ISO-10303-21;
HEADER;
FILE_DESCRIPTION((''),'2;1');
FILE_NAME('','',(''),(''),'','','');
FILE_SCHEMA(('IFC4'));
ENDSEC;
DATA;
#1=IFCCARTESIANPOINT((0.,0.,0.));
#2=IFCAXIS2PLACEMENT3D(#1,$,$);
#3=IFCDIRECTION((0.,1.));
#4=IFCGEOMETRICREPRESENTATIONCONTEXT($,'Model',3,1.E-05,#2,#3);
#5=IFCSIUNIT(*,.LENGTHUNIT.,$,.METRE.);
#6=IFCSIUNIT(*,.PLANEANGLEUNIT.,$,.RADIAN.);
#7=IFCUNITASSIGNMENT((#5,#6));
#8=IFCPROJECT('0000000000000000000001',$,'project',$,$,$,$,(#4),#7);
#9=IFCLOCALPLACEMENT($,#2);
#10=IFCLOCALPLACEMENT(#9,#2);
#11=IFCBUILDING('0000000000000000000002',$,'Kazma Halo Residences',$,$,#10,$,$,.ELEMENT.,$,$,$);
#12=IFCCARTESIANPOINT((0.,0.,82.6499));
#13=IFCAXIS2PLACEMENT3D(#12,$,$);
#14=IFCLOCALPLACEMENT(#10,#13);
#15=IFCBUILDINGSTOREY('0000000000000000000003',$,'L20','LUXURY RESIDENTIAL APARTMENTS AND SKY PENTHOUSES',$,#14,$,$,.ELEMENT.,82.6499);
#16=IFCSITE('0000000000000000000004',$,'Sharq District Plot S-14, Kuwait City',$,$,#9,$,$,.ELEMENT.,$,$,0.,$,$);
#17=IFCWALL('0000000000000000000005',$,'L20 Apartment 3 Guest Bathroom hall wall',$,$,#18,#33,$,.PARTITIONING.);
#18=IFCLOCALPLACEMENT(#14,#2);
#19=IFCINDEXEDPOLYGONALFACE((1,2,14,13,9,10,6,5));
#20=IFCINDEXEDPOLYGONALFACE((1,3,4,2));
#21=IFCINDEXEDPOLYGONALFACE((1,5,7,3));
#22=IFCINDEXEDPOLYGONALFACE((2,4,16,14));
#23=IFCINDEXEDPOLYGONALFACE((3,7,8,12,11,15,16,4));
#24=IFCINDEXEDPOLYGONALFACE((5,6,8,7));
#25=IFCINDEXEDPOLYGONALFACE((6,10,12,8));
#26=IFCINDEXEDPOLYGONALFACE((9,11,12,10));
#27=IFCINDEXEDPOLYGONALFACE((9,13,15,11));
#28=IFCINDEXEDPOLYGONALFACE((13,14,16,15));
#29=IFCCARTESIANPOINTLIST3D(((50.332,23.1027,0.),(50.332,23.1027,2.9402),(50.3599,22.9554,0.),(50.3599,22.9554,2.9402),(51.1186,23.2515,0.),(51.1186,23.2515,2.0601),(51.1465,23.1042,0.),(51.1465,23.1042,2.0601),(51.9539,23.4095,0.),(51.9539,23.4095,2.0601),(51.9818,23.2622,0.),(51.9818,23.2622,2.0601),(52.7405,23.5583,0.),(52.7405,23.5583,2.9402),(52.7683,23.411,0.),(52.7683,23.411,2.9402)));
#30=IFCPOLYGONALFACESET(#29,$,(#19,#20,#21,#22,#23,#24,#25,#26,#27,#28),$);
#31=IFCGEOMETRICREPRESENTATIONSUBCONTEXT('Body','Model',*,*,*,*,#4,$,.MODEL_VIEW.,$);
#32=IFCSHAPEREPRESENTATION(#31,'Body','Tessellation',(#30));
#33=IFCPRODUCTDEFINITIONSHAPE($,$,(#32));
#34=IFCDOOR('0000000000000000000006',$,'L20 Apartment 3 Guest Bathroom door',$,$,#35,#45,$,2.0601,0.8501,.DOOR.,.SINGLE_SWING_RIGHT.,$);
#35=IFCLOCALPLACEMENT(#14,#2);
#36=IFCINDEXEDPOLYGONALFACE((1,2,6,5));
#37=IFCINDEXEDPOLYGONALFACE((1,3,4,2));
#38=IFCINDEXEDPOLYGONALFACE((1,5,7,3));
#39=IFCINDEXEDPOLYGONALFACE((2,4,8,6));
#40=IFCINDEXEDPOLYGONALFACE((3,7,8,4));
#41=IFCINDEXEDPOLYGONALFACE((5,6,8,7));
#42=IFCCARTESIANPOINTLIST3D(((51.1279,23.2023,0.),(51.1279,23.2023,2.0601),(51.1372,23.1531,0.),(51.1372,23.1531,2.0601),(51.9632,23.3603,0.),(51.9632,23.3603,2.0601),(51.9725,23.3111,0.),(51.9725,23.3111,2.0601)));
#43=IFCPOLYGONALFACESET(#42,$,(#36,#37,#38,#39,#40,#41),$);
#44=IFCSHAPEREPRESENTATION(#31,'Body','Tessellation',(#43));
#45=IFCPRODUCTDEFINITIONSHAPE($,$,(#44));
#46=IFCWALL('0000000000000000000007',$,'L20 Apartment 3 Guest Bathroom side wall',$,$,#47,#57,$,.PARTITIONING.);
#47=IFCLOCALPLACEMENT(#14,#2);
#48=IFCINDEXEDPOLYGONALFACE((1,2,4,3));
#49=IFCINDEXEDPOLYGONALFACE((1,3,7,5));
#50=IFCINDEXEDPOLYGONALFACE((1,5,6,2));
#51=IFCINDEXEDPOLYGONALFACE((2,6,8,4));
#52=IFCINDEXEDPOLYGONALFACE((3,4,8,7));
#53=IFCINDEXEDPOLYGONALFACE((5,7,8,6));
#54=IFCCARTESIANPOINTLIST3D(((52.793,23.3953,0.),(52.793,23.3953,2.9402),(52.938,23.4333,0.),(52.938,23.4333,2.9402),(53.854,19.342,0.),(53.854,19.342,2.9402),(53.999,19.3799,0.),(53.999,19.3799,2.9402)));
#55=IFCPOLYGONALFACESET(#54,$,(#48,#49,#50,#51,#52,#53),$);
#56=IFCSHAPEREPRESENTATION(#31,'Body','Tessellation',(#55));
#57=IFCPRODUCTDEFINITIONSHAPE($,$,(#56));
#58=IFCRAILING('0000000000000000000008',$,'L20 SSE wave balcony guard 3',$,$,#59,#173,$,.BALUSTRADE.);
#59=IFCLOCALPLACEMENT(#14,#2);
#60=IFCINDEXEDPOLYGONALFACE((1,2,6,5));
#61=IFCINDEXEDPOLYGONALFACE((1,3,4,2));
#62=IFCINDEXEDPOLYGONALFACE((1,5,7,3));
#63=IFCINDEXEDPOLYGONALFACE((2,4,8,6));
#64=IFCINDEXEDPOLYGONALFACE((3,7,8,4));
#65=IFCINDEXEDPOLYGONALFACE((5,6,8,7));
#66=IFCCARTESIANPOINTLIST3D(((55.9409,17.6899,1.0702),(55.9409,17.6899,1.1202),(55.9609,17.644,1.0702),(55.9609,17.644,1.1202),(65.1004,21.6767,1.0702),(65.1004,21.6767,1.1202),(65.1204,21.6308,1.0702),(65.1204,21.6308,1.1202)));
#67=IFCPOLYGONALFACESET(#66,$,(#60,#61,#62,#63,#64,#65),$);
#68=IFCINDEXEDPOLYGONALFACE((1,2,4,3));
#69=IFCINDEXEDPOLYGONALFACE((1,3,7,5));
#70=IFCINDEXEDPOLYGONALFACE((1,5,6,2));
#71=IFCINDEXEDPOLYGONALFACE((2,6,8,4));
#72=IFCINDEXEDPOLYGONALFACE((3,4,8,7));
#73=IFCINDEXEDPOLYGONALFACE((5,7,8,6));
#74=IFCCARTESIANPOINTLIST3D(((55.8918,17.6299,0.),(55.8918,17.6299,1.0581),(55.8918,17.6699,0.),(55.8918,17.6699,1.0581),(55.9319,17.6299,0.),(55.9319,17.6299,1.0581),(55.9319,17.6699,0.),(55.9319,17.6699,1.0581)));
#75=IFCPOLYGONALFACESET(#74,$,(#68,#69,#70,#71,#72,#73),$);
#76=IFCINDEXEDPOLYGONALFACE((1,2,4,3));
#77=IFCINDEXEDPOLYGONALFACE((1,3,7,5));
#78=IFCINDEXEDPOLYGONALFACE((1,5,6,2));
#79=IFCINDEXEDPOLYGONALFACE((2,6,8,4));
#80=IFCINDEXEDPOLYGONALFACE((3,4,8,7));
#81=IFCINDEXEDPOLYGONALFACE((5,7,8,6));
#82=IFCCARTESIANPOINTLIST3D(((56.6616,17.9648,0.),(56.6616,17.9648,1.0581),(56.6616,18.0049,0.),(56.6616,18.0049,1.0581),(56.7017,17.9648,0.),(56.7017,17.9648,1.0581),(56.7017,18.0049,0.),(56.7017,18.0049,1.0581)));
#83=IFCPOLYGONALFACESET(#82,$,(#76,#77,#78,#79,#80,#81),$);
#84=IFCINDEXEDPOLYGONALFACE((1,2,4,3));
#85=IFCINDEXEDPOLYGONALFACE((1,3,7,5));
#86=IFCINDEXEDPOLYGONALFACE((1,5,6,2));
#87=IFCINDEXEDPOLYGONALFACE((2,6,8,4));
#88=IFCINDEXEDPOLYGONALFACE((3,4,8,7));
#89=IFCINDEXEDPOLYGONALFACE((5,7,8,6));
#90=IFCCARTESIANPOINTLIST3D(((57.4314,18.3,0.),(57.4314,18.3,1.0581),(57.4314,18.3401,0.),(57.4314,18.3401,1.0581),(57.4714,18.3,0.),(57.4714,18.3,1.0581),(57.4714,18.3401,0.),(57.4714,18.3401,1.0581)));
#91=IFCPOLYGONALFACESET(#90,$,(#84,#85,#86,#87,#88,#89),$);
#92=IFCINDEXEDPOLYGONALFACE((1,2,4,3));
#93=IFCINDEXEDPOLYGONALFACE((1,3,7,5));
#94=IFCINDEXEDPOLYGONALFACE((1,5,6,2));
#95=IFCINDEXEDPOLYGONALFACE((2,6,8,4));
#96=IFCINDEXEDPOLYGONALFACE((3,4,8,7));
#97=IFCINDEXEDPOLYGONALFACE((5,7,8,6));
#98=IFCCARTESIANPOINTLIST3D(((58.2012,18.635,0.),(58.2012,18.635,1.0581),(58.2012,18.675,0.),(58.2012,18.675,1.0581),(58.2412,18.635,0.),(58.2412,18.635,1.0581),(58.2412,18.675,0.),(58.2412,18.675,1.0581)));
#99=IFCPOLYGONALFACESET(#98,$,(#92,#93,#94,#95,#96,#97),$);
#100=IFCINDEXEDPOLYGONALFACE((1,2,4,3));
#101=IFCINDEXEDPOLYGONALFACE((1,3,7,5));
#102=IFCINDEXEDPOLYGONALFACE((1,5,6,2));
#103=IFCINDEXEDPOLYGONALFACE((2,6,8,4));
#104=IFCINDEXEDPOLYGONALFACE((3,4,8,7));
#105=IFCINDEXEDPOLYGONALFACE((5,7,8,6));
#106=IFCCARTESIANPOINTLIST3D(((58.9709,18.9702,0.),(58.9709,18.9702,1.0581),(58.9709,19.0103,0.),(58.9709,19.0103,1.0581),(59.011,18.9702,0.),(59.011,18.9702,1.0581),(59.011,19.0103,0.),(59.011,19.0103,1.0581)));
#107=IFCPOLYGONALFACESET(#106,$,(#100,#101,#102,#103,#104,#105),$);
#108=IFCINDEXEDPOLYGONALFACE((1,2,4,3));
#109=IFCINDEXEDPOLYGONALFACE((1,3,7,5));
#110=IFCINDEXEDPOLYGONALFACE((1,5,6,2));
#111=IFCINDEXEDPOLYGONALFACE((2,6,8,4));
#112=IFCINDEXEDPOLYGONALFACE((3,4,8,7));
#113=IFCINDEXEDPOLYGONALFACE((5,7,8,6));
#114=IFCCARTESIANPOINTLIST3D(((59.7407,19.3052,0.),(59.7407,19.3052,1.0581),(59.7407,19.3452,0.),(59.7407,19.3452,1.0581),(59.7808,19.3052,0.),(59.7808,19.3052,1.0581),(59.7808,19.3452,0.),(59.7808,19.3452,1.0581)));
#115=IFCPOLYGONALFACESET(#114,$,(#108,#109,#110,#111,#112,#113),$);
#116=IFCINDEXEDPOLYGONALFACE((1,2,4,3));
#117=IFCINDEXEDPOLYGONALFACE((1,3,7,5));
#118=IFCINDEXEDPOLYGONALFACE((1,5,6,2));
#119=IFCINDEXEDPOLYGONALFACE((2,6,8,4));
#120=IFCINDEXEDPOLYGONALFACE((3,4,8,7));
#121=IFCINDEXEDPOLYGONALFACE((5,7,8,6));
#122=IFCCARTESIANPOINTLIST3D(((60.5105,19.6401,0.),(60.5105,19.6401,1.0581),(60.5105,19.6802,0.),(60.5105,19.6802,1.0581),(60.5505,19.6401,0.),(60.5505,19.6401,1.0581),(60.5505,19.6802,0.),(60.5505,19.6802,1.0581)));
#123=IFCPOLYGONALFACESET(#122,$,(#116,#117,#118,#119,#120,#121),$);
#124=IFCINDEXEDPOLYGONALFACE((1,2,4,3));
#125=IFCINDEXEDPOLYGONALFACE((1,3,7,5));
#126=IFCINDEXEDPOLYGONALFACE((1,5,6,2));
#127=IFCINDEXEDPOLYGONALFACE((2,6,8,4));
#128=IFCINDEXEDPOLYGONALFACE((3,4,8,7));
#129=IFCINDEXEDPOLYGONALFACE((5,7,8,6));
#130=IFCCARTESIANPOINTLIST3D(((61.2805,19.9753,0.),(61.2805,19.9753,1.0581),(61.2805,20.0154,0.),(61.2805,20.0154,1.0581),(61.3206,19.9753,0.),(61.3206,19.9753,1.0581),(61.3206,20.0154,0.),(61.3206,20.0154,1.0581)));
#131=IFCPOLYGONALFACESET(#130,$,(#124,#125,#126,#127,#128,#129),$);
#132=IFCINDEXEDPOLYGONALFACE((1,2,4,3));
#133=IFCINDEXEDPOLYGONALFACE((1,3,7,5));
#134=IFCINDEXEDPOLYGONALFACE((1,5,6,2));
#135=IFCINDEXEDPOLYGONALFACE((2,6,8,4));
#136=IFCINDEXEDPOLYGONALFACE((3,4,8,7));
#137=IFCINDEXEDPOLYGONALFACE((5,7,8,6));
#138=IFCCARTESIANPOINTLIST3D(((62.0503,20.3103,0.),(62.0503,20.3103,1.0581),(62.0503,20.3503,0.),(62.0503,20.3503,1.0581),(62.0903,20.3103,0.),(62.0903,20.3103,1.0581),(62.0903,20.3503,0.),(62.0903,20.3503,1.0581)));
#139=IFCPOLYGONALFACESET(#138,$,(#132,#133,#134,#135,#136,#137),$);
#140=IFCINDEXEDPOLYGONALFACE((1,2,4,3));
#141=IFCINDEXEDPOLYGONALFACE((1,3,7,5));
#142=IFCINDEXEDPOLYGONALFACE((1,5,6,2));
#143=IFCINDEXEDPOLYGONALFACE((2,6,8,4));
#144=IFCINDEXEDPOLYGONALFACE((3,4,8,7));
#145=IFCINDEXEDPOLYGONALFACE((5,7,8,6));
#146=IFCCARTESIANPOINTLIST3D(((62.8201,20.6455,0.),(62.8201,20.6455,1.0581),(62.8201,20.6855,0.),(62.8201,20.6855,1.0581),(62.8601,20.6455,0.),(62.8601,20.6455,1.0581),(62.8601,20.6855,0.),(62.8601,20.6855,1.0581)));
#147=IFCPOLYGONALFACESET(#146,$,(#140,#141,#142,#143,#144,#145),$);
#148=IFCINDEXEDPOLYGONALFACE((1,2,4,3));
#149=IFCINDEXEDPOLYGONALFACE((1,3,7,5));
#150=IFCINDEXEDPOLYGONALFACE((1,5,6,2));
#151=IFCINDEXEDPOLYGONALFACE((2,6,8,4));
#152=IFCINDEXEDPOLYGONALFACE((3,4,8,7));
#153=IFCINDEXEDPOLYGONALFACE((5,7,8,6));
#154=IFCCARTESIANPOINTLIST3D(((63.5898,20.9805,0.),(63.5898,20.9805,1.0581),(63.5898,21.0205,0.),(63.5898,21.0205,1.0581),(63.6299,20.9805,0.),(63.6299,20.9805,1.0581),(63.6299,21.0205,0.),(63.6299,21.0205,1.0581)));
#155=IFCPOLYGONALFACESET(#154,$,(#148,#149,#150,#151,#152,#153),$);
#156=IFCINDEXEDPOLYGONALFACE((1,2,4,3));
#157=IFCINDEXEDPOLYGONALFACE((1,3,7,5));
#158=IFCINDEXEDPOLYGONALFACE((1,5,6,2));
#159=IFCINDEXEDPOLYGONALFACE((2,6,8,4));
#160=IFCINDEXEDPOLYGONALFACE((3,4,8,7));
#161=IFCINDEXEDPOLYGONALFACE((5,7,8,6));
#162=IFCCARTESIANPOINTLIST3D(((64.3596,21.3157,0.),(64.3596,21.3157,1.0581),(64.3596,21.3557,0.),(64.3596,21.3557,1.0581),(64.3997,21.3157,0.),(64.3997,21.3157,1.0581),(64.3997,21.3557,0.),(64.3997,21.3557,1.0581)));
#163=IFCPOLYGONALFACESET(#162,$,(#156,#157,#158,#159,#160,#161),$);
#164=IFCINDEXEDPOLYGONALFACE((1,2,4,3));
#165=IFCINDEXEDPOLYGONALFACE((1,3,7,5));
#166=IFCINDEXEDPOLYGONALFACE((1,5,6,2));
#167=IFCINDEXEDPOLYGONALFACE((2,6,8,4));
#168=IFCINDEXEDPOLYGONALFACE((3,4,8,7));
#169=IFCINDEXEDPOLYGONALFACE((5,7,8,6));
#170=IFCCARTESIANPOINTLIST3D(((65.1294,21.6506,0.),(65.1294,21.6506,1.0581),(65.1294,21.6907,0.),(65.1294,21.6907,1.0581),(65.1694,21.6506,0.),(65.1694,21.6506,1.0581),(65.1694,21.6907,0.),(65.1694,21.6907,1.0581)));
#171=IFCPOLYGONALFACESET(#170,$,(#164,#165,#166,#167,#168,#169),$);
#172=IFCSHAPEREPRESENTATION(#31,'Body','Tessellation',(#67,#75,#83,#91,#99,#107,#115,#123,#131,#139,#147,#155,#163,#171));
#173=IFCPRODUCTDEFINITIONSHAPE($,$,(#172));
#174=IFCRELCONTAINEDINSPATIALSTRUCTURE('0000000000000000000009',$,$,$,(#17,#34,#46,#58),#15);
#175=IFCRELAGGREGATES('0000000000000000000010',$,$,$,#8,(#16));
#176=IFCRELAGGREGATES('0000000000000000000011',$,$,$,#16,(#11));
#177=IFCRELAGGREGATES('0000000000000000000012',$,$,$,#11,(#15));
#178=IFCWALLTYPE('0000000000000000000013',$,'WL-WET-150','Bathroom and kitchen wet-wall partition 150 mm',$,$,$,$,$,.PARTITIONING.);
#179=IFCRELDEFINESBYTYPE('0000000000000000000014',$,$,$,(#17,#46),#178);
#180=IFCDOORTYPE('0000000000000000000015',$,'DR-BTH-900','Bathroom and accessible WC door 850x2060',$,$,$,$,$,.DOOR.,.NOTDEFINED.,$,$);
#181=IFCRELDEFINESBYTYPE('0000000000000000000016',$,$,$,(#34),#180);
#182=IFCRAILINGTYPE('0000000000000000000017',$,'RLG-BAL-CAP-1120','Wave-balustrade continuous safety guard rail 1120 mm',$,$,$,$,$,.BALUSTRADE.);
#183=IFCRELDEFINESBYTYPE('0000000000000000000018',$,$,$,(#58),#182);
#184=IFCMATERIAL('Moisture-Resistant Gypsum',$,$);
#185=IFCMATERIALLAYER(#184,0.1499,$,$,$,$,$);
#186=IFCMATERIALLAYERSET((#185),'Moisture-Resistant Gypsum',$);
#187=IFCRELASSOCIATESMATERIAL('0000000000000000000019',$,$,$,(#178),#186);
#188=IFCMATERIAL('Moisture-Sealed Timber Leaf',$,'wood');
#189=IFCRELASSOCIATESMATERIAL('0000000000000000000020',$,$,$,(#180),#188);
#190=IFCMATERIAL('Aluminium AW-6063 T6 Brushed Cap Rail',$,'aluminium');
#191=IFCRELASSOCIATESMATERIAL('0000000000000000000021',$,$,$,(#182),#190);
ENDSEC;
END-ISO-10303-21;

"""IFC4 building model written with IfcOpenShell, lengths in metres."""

from ifc_helpers import new_model, si_unit, direction, frame, frame_2d, origin, origin_2d, place, context, subcontext, project, spatial, rectangle, extrude, material, layer, layer_set, type_object, element, fill, save


model = new_model("IFC4")

# Units and contexts
model_context = context("Model", 3, precision=1e-05, world=origin(), true_north=direction((0.0, 1.0)))
body_context = subcontext(model_context, "Body", "Model", "MODEL_VIEW")
ifc_project = project(units=[si_unit("LENGTHUNIT", "METRE"), si_unit("PLANEANGLEUNIT", "RADIAN")], contexts=[model_context])

# Site, building, storey
site_placement = place(None, origin())
site = spatial("IfcSite", under=ifc_project, at=site_placement, Name="Sharq District Plot S-14, Kuwait City", CompositionType="ELEMENT", RefElevation=0.0)
building_placement = place(site_placement, origin())
building = spatial("IfcBuilding", under=site, at=building_placement, Name="Kazma Halo Residences", CompositionType="ELEMENT")
storey_placement = place(building_placement, frame((0.0, 0.0, 82.6499)))
storey = spatial("IfcBuildingStorey", under=building, at=storey_placement, Name="L20", Description="LUXURY RESIDENTIAL APARTMENTS AND SKY PENTHOUSES", CompositionType="ELEMENT", Elevation=82.6499)

# Wall, opening, door
ifc_material_1 = material(Name="Moisture-Resistant Gypsum")
ifc_layer_1 = layer(ifc_material_1, 0.1499)
ifc_layer_set_1 = layer_set([ifc_layer_1], Name="Moisture-Resistant Gypsum")
wall_type_1 = type_object("IfcWallType", Name="WL-WET-150", Description="Bathroom and kitchen wet-wall partition 150 mm", PredefinedType="PARTITIONING", material=ifc_layer_set_1)
wall_1_placement = place(storey_placement, frame((50.3459, 23.0291, 0.0), z_axis=(0.0, 0.0, 1.0), x_axis=(0.982577, 0.185858, 0.0)))
wall_1 = element("IfcWall", 1, at=wall_1_placement, inside=storey, type_object=wall_type_1, Name="L20 Apartment 3 Guest Bathroom hall wall", PredefinedType="PARTITIONING", context=body_context, shape_type="SweptSolid", body=[
    extrude(rectangle(XDim=2.4512, YDim=0.1499, at=frame_2d((1.2256, 0.0))), origin(), (0.0, 0.0, 1.0), 2.9402),
])
opening_1_placement = place(wall_1_placement, frame((0.8005, 0.0, 0.0)))
opening_1 = element("IfcOpeningElement", 2, at=opening_1_placement, cuts=wall_1, PredefinedType="OPENING", context=body_context, shape_type="SweptSolid", body=[
    extrude(rectangle(XDim=0.8501, YDim=2.0601, at=frame_2d((0.425, 1.03))), frame((0.0, 0.085, 0.0), z_axis=(0.0, -1.0, 0.0), x_axis=(1.0, 0.0, 0.0)), (0.0, 0.0, 1.0), 0.1699),
])
ifc_material_2 = material(Name="Moisture-Sealed Timber Leaf", Category="wood")
door_type_1 = type_object("IfcDoorType", Name="DR-BTH-900", Description="Bathroom and accessible WC door 850x2060", OperationType="NOTDEFINED", PredefinedType="DOOR", material=ifc_material_2)
door_1_placement = place(opening_1_placement, origin())
door_1 = element("IfcDoor", 3, at=door_1_placement, inside=storey, type_object=door_type_1, Name="L20 Apartment 3 Guest Bathroom door", OperationType="SINGLE_SWING_RIGHT", OverallHeight=2.0601, OverallWidth=0.8501, PredefinedType="DOOR", context=body_context, shape_type="SweptSolid", body=[
    extrude(rectangle(XDim=0.8501, YDim=2.0601, at=frame_2d((0.425, 1.03))), frame((0.0, 0.0249, 0.0), z_axis=(0.0, -1.0, 0.0), x_axis=(1.0, 0.0, 0.0)), (0.0, 0.0, 1.0), 0.05),
])
fill(opening_1, door_1)

# Wall
wall_2_placement = place(storey_placement, frame((52.8655, 23.4143, 0.0), z_axis=(0.0, 0.0, 1.0), x_axis=(0.253228, -0.967407, 0.0)))
element("IfcWall", 4, at=wall_2_placement, inside=storey, type_object=wall_type_1, Name="L20 Apartment 3 Guest Bathroom side wall", PredefinedType="PARTITIONING", context=body_context, shape_type="SweptSolid", body=[
    extrude(rectangle(XDim=4.1899, YDim=0.1499, at=frame_2d((2.095, 0.0))), origin(), (0.0, 0.0, 1.0), 2.9402),
])

# Railing
ifc_material_3 = material(Name="Aluminium AW-6063 T6 Brushed Cap Rail", Category="aluminium")
railing_type = type_object("IfcRailingType", Name="RLG-BAL-CAP-1120", Description="Wave-balustrade continuous safety guard rail 1120 mm", PredefinedType="BALUSTRADE", material=ifc_material_3)
railing_placement = place(storey_placement, frame((55.9119, 17.6499, 0.0)))
element("IfcRailing", 5, at=railing_placement, inside=storey, type_object=railing_type, Name="L20 SSE wave balcony guard 3", PredefinedType="BALUSTRADE", context=body_context, shape_type="SweptSolid", body=[
    extrude(rectangle(XDim=0.05, YDim=0.05, at=origin_2d()), frame((0.0391, 0.0171, 1.0952), z_axis=(0.916909, 0.399096, 0.0), x_axis=(-0.399096, 0.916909, 0.0)), (0.0, 0.0, 1.0), 9.9895),
    extrude(rectangle(XDim=0.04, YDim=0.04, at=origin_2d()), origin(), (0.0, 0.0, 1.0), 1.0581),
    extrude(rectangle(XDim=0.04, YDim=0.04, at=origin_2d()), frame((0.7698, 0.335, 0.0)), (0.0, 0.0, 1.0), 1.0581),
    extrude(rectangle(XDim=0.04, YDim=0.04, at=origin_2d()), frame((1.5396, 0.6702, 0.0)), (0.0, 0.0, 1.0), 1.0581),
    extrude(rectangle(XDim=0.04, YDim=0.04, at=origin_2d()), frame((2.3093, 1.0051, 0.0)), (0.0, 0.0, 1.0), 1.0581),
    extrude(rectangle(XDim=0.04, YDim=0.04, at=origin_2d()), frame((3.0791, 1.3403, 0.0)), (0.0, 0.0, 1.0), 1.0581),
    extrude(rectangle(XDim=0.04, YDim=0.04, at=origin_2d()), frame((3.8489, 1.6753, 0.0)), (0.0, 0.0, 1.0), 1.0581),
    extrude(rectangle(XDim=0.04, YDim=0.04, at=origin_2d()), frame((4.6187, 2.0103, 0.0)), (0.0, 0.0, 1.0), 1.0581),
    extrude(rectangle(XDim=0.04, YDim=0.04, at=origin_2d()), frame((5.3887, 2.3455, 0.0)), (0.0, 0.0, 1.0), 1.0581),
    extrude(rectangle(XDim=0.04, YDim=0.04, at=origin_2d()), frame((6.1584, 2.6804, 0.0)), (0.0, 0.0, 1.0), 1.0581),
    extrude(rectangle(XDim=0.04, YDim=0.04, at=origin_2d()), frame((6.9282, 3.0156, 0.0)), (0.0, 0.0, 1.0), 1.0581),
    extrude(rectangle(XDim=0.04, YDim=0.04, at=origin_2d()), frame((7.698, 3.3506, 0.0)), (0.0, 0.0, 1.0), 1.0581),
    extrude(rectangle(XDim=0.04, YDim=0.04, at=origin_2d()), frame((8.4678, 3.6858, 0.0)), (0.0, 0.0, 1.0), 1.0581),
    extrude(rectangle(XDim=0.04, YDim=0.04, at=origin_2d()), frame((9.2375, 4.0208, 0.0)), (0.0, 0.0, 1.0), 1.0581),
])

save(model, "model.ifc")
